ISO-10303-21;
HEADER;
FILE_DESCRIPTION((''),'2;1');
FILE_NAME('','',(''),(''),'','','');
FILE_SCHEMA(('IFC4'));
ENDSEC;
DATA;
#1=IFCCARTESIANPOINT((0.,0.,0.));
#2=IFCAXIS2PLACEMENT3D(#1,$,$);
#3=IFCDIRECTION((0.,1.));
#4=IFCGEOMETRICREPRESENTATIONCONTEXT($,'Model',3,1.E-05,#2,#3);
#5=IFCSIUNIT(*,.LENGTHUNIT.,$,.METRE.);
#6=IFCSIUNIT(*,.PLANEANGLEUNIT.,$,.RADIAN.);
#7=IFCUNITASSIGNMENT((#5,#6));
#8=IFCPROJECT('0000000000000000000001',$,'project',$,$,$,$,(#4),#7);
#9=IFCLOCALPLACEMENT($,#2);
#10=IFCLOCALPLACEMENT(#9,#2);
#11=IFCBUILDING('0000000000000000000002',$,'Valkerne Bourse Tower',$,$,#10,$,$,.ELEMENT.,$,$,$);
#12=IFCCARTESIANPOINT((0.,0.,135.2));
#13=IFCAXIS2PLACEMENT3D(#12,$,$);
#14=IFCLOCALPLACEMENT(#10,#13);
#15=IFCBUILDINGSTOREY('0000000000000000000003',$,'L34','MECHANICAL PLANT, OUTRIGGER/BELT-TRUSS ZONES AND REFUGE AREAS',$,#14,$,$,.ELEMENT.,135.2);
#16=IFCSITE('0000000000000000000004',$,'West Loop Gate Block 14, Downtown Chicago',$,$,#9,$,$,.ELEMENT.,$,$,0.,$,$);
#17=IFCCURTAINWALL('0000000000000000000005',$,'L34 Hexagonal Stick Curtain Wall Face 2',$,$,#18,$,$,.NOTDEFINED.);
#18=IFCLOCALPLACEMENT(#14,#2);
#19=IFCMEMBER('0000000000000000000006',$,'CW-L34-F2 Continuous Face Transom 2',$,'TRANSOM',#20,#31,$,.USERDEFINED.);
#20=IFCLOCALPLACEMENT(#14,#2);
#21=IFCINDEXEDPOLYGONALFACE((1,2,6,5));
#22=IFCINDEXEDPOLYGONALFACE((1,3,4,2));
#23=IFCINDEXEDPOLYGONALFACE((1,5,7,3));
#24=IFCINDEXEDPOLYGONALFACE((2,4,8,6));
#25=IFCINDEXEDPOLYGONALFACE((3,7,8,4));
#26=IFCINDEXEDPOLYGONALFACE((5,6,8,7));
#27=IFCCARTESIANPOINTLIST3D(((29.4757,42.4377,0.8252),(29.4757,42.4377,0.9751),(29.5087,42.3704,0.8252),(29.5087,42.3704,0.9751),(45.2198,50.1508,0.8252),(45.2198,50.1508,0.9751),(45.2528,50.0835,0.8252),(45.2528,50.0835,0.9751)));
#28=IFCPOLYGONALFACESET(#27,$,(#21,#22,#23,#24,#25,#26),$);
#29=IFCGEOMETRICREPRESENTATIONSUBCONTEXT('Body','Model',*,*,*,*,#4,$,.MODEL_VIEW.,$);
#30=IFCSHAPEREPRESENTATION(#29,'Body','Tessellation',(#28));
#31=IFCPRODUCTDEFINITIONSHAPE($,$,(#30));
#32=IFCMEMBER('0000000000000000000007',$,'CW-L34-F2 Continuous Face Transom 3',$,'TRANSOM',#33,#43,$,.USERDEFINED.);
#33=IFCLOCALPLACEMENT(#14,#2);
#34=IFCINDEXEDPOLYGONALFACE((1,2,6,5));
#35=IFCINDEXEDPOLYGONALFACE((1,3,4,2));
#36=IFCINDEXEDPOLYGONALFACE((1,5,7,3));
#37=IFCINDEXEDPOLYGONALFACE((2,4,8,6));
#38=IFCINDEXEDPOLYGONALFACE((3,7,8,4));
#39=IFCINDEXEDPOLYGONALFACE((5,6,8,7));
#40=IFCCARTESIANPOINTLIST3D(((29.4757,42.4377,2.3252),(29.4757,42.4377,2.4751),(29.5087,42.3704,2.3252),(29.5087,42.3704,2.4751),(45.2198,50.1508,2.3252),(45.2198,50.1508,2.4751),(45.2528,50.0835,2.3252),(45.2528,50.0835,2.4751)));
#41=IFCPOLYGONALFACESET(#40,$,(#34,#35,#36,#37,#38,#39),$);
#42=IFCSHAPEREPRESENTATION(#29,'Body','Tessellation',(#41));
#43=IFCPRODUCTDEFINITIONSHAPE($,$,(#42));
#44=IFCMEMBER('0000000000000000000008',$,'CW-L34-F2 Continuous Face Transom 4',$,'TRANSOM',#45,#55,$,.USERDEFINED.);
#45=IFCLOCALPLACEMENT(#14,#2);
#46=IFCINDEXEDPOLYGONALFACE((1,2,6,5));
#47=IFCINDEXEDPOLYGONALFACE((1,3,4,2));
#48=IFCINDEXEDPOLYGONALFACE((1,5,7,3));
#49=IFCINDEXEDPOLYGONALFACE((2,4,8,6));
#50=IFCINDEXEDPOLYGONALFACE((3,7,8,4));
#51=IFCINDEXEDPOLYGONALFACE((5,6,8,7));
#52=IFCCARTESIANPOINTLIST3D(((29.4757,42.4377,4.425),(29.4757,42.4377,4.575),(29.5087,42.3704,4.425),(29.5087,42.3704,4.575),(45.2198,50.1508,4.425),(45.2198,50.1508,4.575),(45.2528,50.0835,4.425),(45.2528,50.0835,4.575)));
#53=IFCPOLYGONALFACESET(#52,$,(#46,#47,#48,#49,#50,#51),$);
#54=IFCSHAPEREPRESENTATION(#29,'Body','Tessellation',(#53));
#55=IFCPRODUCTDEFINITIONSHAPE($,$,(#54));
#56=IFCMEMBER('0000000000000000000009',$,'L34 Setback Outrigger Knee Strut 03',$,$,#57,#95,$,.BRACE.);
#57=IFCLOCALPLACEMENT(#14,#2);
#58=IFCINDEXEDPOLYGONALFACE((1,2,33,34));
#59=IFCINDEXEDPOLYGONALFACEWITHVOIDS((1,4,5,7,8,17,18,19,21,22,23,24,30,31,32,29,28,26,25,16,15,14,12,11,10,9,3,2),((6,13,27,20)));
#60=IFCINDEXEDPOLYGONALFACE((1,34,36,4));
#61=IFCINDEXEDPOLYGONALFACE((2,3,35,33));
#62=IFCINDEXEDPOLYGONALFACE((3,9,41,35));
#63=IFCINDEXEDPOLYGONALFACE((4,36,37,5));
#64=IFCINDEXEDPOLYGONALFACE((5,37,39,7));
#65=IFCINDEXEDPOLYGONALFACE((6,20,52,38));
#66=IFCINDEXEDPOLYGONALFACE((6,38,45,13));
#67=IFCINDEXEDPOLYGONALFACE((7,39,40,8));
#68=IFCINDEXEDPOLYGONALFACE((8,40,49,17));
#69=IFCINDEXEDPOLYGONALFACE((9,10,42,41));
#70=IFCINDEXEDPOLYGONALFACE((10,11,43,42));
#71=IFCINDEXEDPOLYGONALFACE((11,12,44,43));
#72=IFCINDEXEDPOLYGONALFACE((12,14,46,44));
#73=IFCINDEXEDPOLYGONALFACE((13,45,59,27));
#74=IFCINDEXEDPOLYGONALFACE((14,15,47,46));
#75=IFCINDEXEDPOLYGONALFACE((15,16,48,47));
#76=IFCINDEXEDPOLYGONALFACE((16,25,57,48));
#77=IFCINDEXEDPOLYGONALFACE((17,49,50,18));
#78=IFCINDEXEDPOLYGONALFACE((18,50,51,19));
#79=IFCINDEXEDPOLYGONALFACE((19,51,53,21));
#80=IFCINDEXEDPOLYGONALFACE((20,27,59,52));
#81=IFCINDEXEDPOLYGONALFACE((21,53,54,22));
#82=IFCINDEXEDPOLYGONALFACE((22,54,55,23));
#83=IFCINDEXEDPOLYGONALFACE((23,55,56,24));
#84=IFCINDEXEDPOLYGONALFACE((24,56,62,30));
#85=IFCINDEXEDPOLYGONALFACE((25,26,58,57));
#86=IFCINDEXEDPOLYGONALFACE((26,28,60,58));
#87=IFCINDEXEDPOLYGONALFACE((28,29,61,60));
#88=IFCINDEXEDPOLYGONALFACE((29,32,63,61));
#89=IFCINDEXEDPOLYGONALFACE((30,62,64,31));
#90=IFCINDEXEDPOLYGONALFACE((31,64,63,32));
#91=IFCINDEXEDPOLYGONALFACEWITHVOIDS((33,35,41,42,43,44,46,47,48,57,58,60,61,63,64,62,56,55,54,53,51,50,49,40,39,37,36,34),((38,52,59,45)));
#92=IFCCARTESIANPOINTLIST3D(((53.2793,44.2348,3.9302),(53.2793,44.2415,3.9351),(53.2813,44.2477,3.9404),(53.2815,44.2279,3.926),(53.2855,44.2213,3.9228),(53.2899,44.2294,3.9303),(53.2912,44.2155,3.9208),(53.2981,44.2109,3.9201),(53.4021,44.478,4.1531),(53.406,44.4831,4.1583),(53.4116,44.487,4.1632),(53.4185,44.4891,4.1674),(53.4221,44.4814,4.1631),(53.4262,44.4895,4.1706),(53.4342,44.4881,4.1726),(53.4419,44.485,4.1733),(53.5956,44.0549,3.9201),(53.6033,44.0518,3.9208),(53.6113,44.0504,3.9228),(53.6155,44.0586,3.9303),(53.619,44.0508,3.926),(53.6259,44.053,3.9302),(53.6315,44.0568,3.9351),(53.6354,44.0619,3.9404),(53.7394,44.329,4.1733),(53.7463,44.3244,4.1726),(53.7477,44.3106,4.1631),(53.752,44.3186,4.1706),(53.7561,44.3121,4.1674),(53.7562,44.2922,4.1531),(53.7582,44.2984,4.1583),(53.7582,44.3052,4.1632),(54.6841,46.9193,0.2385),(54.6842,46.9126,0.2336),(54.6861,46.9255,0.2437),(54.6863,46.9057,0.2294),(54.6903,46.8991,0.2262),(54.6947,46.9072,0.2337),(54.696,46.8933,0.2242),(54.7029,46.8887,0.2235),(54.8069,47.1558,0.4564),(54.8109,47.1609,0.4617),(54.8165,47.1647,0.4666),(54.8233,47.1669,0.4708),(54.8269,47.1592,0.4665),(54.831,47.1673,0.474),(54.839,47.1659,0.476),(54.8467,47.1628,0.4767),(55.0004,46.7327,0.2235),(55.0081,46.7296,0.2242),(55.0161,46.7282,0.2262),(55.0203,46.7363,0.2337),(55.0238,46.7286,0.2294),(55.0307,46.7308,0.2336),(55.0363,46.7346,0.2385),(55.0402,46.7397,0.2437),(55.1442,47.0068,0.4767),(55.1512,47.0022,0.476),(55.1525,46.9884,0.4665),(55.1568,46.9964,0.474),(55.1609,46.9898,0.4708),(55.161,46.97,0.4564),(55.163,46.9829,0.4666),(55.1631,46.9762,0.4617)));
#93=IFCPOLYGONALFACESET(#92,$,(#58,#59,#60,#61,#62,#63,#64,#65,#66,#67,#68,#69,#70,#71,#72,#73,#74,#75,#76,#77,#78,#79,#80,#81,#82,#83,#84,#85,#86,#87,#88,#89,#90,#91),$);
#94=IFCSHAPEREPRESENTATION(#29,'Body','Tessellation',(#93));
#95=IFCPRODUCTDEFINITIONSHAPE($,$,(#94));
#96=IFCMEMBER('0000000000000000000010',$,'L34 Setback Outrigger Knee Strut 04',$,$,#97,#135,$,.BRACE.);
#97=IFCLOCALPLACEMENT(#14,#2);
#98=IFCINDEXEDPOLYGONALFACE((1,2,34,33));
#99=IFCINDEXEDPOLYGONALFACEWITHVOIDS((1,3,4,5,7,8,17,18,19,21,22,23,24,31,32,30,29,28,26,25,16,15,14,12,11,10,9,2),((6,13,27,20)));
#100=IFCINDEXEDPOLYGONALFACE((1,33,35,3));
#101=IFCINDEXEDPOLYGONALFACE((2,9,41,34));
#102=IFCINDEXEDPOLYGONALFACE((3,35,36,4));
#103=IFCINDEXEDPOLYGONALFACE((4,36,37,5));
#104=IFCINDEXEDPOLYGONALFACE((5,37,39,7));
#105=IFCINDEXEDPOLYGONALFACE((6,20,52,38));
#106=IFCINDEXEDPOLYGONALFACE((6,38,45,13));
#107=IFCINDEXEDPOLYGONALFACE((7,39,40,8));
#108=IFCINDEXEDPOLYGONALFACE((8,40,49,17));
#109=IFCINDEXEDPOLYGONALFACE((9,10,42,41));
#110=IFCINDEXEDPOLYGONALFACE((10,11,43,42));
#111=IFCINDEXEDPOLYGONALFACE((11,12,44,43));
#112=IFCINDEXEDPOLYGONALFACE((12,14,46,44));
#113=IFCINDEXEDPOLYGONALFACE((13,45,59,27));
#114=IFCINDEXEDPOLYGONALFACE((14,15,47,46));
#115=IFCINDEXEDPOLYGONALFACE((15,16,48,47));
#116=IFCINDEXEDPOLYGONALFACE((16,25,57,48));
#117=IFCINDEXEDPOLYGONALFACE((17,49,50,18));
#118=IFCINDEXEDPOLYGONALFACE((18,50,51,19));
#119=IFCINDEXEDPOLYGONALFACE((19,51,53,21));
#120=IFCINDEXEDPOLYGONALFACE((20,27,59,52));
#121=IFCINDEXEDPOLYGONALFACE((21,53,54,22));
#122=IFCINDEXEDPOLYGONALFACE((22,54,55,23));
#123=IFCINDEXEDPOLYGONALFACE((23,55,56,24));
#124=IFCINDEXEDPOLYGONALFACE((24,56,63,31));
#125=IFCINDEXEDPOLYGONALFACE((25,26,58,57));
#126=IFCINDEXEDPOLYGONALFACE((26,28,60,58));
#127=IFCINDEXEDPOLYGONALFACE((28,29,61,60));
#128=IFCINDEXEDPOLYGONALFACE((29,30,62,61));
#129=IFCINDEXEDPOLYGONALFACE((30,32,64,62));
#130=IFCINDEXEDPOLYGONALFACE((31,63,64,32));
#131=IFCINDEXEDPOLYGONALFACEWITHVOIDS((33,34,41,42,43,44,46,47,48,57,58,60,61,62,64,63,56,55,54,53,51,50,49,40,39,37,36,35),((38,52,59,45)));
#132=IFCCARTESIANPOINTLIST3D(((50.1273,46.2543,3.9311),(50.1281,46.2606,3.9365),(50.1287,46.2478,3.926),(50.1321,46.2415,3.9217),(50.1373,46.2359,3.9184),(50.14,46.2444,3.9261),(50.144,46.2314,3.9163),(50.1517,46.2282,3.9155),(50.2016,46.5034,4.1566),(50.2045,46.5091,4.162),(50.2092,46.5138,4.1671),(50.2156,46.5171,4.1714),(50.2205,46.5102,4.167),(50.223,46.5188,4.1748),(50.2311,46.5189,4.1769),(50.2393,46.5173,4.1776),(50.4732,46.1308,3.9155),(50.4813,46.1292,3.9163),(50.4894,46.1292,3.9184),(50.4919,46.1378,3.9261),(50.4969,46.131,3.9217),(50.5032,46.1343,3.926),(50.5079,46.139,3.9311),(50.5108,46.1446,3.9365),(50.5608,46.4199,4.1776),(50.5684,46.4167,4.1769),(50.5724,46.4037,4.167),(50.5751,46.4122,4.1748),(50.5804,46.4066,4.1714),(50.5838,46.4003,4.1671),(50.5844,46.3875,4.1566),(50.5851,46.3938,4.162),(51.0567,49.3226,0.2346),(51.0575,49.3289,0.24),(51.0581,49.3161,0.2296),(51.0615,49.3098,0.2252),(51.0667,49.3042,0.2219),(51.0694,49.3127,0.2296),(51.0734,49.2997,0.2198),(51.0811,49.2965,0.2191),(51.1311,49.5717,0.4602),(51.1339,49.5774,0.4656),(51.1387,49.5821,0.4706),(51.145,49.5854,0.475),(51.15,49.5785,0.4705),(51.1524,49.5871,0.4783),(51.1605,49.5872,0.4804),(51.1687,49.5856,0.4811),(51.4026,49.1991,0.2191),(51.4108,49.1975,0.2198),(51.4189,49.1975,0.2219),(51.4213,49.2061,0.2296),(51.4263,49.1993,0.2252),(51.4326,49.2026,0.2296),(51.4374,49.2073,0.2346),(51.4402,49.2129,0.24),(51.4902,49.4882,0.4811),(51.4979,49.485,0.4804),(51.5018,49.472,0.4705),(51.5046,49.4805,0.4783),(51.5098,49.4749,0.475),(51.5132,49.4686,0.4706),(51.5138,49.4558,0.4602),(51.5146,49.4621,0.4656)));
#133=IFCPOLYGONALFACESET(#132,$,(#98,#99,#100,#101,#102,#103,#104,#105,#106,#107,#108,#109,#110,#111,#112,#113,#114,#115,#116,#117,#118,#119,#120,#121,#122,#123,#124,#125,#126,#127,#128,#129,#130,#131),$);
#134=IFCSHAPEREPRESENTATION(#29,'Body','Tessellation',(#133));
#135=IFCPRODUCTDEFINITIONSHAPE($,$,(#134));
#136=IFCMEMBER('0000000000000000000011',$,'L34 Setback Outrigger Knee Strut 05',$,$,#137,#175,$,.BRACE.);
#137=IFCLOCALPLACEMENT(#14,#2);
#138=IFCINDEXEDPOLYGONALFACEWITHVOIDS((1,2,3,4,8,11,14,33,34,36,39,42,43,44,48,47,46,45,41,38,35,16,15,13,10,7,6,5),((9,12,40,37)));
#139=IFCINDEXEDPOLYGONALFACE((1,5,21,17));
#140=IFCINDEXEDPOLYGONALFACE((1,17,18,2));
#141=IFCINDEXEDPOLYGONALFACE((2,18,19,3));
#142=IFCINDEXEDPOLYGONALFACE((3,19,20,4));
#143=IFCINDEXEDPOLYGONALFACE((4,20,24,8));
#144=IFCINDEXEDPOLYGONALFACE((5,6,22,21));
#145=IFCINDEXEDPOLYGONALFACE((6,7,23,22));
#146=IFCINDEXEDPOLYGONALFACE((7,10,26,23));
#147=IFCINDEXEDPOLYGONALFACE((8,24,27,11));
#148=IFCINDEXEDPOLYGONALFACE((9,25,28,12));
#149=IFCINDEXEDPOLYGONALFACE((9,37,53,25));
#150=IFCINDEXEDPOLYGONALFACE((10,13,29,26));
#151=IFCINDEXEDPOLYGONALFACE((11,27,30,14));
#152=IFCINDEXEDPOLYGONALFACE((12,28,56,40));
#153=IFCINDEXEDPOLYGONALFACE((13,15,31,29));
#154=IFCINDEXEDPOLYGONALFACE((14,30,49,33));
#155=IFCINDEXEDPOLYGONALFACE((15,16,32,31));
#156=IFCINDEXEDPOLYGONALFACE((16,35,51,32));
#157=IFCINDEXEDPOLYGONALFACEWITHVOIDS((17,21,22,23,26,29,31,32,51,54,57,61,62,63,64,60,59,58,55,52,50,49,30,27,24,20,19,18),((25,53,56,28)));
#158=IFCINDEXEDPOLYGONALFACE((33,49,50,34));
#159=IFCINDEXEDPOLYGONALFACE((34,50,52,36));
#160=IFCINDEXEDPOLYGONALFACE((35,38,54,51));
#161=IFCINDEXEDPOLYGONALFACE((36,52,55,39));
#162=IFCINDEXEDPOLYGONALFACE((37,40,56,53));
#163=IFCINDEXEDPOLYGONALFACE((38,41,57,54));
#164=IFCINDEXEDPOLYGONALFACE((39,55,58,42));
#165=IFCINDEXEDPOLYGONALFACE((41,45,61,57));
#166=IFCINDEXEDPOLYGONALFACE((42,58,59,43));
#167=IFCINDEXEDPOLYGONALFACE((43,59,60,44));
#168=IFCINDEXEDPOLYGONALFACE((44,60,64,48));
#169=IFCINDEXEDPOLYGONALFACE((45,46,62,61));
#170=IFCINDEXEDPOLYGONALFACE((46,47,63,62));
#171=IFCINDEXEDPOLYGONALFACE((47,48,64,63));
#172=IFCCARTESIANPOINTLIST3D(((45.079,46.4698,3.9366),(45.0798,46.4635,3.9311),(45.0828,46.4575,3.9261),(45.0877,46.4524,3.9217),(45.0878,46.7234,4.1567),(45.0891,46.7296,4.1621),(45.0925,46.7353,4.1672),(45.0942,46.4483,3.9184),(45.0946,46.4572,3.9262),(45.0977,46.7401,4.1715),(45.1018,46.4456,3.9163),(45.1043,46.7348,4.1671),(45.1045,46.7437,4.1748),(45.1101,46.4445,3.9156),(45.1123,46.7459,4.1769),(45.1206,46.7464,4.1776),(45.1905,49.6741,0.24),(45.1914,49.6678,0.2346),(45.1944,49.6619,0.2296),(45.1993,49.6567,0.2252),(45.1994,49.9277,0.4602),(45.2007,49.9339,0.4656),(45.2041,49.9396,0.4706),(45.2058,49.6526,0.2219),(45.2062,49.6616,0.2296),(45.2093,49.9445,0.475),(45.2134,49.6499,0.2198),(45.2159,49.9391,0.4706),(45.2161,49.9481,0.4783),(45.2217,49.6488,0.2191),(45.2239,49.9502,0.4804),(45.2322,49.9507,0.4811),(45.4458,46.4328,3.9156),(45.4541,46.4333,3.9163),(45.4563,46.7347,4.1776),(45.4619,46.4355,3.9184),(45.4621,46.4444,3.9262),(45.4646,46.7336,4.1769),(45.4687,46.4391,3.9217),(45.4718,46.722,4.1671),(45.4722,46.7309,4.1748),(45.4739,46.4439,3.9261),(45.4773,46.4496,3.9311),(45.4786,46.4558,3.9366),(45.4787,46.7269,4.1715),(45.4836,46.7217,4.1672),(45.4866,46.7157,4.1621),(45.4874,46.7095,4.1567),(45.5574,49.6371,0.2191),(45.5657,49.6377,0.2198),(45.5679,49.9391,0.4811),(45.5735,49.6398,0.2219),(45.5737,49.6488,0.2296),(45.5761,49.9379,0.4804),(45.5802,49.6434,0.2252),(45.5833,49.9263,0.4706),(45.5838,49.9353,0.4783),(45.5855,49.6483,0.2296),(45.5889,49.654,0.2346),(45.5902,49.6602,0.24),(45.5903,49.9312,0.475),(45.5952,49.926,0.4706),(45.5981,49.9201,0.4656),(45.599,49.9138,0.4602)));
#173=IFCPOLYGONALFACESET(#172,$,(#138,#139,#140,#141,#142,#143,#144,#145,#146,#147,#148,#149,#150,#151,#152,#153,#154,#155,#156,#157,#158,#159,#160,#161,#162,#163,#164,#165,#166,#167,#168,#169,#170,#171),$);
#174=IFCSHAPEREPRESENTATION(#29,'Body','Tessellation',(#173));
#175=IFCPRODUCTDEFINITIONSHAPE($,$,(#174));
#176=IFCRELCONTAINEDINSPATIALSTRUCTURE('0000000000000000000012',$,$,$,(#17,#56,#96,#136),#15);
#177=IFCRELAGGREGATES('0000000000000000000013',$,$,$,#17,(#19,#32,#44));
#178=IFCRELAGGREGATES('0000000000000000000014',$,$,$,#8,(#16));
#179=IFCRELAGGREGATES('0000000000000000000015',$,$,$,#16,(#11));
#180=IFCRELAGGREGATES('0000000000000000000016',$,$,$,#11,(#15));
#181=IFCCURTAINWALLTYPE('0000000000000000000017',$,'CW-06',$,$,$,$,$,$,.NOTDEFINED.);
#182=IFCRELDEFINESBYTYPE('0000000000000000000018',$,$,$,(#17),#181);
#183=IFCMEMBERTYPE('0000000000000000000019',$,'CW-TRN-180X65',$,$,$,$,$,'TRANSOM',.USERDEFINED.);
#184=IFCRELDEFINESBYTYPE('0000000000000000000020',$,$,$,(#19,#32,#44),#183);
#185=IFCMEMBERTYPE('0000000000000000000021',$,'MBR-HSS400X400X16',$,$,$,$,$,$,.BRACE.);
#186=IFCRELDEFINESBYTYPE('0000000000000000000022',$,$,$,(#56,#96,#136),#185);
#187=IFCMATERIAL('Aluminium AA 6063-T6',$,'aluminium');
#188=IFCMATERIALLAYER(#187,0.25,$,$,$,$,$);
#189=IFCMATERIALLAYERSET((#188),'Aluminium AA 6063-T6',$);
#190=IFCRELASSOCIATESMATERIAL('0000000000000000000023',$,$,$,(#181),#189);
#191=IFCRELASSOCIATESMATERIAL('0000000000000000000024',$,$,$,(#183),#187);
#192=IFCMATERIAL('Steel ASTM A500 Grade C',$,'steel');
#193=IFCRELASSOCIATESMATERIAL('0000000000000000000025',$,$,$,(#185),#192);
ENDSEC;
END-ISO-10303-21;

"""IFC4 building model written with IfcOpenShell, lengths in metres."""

from ifc_helpers import new_model, si_unit, direction, frame, origin, origin_2d, place, context, subcontext, project, spatial, rectangle, hollow_rectangle, extrude, material, layer, layer_set, material_profile, profile_set, type_object, element, aggregate, save


model = new_model("IFC4")

# Units and contexts
model_context = context("Model", 3, precision=1e-05, world=origin(), true_north=direction((0.0, 1.0)))
body_context = subcontext(model_context, "Body", "Model", "MODEL_VIEW")
ifc_project = project(units=[si_unit("LENGTHUNIT", "METRE"), si_unit("PLANEANGLEUNIT", "RADIAN")], contexts=[model_context])

# Site, building, storey
site_placement = place(None, origin())
site = spatial("IfcSite", under=ifc_project, at=site_placement, Name="West Loop Gate Block 14, Downtown Chicago", CompositionType="ELEMENT", RefElevation=0.0)
building_placement = place(site_placement, origin())
building = spatial("IfcBuilding", under=site, at=building_placement, Name="Valkerne Bourse Tower", CompositionType="ELEMENT")
storey_placement = place(building_placement, frame((0.0, 0.0, 135.2)))
storey = spatial("IfcBuildingStorey", under=building, at=storey_placement, Name="L34", Description="MECHANICAL PLANT, OUTRIGGER/BELT-TRUSS ZONES AND REFUGE AREAS", CompositionType="ELEMENT", Elevation=135.2)

# Curtain wall, members
ifc_material_1 = material(Name="Aluminium AA 6063-T6", Category="aluminium")
ifc_layer_1 = layer(ifc_material_1, 0.25)
ifc_layer_set_1 = layer_set([ifc_layer_1], Name="Aluminium AA 6063-T6")
curtain_wall_type = type_object("IfcCurtainWallType", Name="CW-06", PredefinedType="NOTDEFINED", material=ifc_layer_set_1)
curtain_wall_1_placement = place(storey_placement, origin())
curtain_wall_1 = element("IfcCurtainWall", 1, at=curtain_wall_1_placement, inside=storey, type_object=curtain_wall_type, Name="L34 Hexagonal Stick Curtain Wall Face 2", PredefinedType="NOTDEFINED")
ifc_material_profile_1 = material_profile(ifc_material_1, rectangle(XDim=0.075, YDim=0.1499, at=origin_2d()), Name="CWT-75X150")
ifc_profile_set_1 = profile_set([ifc_material_profile_1], Name="Aluminium AA 6063-T6")
member_type_1 = type_object("IfcMemberType", Name="CW-TRN-180X65", ElementType="TRANSOM", PredefinedType="USERDEFINED", material=ifc_profile_set_1)
member_1_placement = place(storey_placement, frame((45.2363, 50.1172, 0.9001), z_axis=(-0.898024, -0.439947, 0.0), x_axis=(0.439947, -0.898024, 0.0)))
member_1 = element("IfcMember", 2, at=member_1_placement, type_object=member_type_1, Name="CW-L34-F2 Continuous Face Transom 2", ObjectType="TRANSOM", PredefinedType="USERDEFINED", context=body_context, shape_type="SweptSolid", body=[
    extrude(rectangle(XDim=0.075, YDim=0.1499, at=origin_2d()), origin(), (0.0, 0.0, 1.0), 17.532),
])
member_2_placement = place(storey_placement, frame((45.2363, 50.1172, 2.4001), z_axis=(-0.898024, -0.439947, 0.0), x_axis=(0.439947, -0.898024, 0.0)))
member_2 = element("IfcMember", 3, at=member_2_placement, type_object=member_type_1, Name="CW-L34-F2 Continuous Face Transom 3", ObjectType="TRANSOM", PredefinedType="USERDEFINED", context=body_context, shape_type="SweptSolid", body=[
    extrude(rectangle(XDim=0.075, YDim=0.1499, at=origin_2d()), origin(), (0.0, 0.0, 1.0), 17.532),
])
member_3_placement = place(storey_placement, frame((45.2363, 50.1172, 4.5), z_axis=(-0.898024, -0.439947, 0.0), x_axis=(0.439947, -0.898024, 0.0)))
member_3 = element("IfcMember", 4, at=member_3_placement, type_object=member_type_1, Name="CW-L34-F2 Continuous Face Transom 4", ObjectType="TRANSOM", PredefinedType="USERDEFINED", context=body_context, shape_type="SweptSolid", body=[
    extrude(rectangle(XDim=0.075, YDim=0.1499, at=origin_2d()), origin(), (0.0, 0.0, 1.0), 17.532),
])
aggregate(curtain_wall_1, [member_1, member_2, member_3])

# Members
ifc_material_2 = material(Name="Steel ASTM A500 Grade C", Category="steel")
ifc_material_profile_2 = material_profile(ifc_material_2, hollow_rectangle(XDim=0.3999, YDim=0.3999, WallThickness=0.0161, OuterFilletRadius=0.032, at=origin_2d()), Name="HSS400X400X16")
ifc_profile_set_2 = profile_set([ifc_material_profile_2], Name="Steel ASTM A500 Grade C")
member_type_2 = type_object("IfcMemberType", Name="MBR-HSS400X400X16", PredefinedType="BRACE", material=ifc_profile_set_2)
member_4_placement = place(storey_placement, frame((54.9236, 46.9478, 0.3501), z_axis=(-0.294148, -0.560691, 0.774017), x_axis=(0.885537, -0.464568, 0.0)))
element("IfcMember", 5, at=member_4_placement, inside=storey, type_object=member_type_2, Name="L34 Setback Outrigger Knee Strut 03", PredefinedType="BRACE", context=body_context, shape_type="SweptSolid", body=[
    extrude(hollow_rectangle(XDim=0.3999, YDim=0.3999, WallThickness=0.0161, OuterFilletRadius=0.032, at=origin_2d()), origin(), (0.0, 0.0, 1.0), 4.7759),
])
member_5_placement = place(storey_placement, frame((51.2856, 49.3923, 0.3501), z_axis=(-0.189947, -0.627071, 0.755448), x_axis=(0.957056, -0.289904, 0.0)))
element("IfcMember", 6, at=member_5_placement, inside=storey, type_object=member_type_2, Name="L34 Setback Outrigger Knee Strut 04", PredefinedType="BRACE", context=body_context, shape_type="SweptSolid", body=[
    extrude(hollow_rectangle(XDim=0.3999, YDim=0.3999, WallThickness=0.0161, OuterFilletRadius=0.032, at=origin_2d()), origin(), (0.0, 0.0, 1.0), 4.8931),
])
member_6_placement = place(storey_placement, frame((45.3948, 49.7939, 0.3501), z_axis=(-0.022801, -0.65484, 0.755423), x_axis=(0.999394, -0.034798, 0.0)))
element("IfcMember", 7, at=member_6_placement, inside=storey, type_object=member_type_2, Name="L34 Setback Outrigger Knee Strut 05", PredefinedType="BRACE", context=body_context, shape_type="SweptSolid", body=[
    extrude(hollow_rectangle(XDim=0.3999, YDim=0.3999, WallThickness=0.0161, OuterFilletRadius=0.032, at=origin_2d()), origin(), (0.0, 0.0, 1.0), 4.8933),
])

save(model, "model.ifc")
